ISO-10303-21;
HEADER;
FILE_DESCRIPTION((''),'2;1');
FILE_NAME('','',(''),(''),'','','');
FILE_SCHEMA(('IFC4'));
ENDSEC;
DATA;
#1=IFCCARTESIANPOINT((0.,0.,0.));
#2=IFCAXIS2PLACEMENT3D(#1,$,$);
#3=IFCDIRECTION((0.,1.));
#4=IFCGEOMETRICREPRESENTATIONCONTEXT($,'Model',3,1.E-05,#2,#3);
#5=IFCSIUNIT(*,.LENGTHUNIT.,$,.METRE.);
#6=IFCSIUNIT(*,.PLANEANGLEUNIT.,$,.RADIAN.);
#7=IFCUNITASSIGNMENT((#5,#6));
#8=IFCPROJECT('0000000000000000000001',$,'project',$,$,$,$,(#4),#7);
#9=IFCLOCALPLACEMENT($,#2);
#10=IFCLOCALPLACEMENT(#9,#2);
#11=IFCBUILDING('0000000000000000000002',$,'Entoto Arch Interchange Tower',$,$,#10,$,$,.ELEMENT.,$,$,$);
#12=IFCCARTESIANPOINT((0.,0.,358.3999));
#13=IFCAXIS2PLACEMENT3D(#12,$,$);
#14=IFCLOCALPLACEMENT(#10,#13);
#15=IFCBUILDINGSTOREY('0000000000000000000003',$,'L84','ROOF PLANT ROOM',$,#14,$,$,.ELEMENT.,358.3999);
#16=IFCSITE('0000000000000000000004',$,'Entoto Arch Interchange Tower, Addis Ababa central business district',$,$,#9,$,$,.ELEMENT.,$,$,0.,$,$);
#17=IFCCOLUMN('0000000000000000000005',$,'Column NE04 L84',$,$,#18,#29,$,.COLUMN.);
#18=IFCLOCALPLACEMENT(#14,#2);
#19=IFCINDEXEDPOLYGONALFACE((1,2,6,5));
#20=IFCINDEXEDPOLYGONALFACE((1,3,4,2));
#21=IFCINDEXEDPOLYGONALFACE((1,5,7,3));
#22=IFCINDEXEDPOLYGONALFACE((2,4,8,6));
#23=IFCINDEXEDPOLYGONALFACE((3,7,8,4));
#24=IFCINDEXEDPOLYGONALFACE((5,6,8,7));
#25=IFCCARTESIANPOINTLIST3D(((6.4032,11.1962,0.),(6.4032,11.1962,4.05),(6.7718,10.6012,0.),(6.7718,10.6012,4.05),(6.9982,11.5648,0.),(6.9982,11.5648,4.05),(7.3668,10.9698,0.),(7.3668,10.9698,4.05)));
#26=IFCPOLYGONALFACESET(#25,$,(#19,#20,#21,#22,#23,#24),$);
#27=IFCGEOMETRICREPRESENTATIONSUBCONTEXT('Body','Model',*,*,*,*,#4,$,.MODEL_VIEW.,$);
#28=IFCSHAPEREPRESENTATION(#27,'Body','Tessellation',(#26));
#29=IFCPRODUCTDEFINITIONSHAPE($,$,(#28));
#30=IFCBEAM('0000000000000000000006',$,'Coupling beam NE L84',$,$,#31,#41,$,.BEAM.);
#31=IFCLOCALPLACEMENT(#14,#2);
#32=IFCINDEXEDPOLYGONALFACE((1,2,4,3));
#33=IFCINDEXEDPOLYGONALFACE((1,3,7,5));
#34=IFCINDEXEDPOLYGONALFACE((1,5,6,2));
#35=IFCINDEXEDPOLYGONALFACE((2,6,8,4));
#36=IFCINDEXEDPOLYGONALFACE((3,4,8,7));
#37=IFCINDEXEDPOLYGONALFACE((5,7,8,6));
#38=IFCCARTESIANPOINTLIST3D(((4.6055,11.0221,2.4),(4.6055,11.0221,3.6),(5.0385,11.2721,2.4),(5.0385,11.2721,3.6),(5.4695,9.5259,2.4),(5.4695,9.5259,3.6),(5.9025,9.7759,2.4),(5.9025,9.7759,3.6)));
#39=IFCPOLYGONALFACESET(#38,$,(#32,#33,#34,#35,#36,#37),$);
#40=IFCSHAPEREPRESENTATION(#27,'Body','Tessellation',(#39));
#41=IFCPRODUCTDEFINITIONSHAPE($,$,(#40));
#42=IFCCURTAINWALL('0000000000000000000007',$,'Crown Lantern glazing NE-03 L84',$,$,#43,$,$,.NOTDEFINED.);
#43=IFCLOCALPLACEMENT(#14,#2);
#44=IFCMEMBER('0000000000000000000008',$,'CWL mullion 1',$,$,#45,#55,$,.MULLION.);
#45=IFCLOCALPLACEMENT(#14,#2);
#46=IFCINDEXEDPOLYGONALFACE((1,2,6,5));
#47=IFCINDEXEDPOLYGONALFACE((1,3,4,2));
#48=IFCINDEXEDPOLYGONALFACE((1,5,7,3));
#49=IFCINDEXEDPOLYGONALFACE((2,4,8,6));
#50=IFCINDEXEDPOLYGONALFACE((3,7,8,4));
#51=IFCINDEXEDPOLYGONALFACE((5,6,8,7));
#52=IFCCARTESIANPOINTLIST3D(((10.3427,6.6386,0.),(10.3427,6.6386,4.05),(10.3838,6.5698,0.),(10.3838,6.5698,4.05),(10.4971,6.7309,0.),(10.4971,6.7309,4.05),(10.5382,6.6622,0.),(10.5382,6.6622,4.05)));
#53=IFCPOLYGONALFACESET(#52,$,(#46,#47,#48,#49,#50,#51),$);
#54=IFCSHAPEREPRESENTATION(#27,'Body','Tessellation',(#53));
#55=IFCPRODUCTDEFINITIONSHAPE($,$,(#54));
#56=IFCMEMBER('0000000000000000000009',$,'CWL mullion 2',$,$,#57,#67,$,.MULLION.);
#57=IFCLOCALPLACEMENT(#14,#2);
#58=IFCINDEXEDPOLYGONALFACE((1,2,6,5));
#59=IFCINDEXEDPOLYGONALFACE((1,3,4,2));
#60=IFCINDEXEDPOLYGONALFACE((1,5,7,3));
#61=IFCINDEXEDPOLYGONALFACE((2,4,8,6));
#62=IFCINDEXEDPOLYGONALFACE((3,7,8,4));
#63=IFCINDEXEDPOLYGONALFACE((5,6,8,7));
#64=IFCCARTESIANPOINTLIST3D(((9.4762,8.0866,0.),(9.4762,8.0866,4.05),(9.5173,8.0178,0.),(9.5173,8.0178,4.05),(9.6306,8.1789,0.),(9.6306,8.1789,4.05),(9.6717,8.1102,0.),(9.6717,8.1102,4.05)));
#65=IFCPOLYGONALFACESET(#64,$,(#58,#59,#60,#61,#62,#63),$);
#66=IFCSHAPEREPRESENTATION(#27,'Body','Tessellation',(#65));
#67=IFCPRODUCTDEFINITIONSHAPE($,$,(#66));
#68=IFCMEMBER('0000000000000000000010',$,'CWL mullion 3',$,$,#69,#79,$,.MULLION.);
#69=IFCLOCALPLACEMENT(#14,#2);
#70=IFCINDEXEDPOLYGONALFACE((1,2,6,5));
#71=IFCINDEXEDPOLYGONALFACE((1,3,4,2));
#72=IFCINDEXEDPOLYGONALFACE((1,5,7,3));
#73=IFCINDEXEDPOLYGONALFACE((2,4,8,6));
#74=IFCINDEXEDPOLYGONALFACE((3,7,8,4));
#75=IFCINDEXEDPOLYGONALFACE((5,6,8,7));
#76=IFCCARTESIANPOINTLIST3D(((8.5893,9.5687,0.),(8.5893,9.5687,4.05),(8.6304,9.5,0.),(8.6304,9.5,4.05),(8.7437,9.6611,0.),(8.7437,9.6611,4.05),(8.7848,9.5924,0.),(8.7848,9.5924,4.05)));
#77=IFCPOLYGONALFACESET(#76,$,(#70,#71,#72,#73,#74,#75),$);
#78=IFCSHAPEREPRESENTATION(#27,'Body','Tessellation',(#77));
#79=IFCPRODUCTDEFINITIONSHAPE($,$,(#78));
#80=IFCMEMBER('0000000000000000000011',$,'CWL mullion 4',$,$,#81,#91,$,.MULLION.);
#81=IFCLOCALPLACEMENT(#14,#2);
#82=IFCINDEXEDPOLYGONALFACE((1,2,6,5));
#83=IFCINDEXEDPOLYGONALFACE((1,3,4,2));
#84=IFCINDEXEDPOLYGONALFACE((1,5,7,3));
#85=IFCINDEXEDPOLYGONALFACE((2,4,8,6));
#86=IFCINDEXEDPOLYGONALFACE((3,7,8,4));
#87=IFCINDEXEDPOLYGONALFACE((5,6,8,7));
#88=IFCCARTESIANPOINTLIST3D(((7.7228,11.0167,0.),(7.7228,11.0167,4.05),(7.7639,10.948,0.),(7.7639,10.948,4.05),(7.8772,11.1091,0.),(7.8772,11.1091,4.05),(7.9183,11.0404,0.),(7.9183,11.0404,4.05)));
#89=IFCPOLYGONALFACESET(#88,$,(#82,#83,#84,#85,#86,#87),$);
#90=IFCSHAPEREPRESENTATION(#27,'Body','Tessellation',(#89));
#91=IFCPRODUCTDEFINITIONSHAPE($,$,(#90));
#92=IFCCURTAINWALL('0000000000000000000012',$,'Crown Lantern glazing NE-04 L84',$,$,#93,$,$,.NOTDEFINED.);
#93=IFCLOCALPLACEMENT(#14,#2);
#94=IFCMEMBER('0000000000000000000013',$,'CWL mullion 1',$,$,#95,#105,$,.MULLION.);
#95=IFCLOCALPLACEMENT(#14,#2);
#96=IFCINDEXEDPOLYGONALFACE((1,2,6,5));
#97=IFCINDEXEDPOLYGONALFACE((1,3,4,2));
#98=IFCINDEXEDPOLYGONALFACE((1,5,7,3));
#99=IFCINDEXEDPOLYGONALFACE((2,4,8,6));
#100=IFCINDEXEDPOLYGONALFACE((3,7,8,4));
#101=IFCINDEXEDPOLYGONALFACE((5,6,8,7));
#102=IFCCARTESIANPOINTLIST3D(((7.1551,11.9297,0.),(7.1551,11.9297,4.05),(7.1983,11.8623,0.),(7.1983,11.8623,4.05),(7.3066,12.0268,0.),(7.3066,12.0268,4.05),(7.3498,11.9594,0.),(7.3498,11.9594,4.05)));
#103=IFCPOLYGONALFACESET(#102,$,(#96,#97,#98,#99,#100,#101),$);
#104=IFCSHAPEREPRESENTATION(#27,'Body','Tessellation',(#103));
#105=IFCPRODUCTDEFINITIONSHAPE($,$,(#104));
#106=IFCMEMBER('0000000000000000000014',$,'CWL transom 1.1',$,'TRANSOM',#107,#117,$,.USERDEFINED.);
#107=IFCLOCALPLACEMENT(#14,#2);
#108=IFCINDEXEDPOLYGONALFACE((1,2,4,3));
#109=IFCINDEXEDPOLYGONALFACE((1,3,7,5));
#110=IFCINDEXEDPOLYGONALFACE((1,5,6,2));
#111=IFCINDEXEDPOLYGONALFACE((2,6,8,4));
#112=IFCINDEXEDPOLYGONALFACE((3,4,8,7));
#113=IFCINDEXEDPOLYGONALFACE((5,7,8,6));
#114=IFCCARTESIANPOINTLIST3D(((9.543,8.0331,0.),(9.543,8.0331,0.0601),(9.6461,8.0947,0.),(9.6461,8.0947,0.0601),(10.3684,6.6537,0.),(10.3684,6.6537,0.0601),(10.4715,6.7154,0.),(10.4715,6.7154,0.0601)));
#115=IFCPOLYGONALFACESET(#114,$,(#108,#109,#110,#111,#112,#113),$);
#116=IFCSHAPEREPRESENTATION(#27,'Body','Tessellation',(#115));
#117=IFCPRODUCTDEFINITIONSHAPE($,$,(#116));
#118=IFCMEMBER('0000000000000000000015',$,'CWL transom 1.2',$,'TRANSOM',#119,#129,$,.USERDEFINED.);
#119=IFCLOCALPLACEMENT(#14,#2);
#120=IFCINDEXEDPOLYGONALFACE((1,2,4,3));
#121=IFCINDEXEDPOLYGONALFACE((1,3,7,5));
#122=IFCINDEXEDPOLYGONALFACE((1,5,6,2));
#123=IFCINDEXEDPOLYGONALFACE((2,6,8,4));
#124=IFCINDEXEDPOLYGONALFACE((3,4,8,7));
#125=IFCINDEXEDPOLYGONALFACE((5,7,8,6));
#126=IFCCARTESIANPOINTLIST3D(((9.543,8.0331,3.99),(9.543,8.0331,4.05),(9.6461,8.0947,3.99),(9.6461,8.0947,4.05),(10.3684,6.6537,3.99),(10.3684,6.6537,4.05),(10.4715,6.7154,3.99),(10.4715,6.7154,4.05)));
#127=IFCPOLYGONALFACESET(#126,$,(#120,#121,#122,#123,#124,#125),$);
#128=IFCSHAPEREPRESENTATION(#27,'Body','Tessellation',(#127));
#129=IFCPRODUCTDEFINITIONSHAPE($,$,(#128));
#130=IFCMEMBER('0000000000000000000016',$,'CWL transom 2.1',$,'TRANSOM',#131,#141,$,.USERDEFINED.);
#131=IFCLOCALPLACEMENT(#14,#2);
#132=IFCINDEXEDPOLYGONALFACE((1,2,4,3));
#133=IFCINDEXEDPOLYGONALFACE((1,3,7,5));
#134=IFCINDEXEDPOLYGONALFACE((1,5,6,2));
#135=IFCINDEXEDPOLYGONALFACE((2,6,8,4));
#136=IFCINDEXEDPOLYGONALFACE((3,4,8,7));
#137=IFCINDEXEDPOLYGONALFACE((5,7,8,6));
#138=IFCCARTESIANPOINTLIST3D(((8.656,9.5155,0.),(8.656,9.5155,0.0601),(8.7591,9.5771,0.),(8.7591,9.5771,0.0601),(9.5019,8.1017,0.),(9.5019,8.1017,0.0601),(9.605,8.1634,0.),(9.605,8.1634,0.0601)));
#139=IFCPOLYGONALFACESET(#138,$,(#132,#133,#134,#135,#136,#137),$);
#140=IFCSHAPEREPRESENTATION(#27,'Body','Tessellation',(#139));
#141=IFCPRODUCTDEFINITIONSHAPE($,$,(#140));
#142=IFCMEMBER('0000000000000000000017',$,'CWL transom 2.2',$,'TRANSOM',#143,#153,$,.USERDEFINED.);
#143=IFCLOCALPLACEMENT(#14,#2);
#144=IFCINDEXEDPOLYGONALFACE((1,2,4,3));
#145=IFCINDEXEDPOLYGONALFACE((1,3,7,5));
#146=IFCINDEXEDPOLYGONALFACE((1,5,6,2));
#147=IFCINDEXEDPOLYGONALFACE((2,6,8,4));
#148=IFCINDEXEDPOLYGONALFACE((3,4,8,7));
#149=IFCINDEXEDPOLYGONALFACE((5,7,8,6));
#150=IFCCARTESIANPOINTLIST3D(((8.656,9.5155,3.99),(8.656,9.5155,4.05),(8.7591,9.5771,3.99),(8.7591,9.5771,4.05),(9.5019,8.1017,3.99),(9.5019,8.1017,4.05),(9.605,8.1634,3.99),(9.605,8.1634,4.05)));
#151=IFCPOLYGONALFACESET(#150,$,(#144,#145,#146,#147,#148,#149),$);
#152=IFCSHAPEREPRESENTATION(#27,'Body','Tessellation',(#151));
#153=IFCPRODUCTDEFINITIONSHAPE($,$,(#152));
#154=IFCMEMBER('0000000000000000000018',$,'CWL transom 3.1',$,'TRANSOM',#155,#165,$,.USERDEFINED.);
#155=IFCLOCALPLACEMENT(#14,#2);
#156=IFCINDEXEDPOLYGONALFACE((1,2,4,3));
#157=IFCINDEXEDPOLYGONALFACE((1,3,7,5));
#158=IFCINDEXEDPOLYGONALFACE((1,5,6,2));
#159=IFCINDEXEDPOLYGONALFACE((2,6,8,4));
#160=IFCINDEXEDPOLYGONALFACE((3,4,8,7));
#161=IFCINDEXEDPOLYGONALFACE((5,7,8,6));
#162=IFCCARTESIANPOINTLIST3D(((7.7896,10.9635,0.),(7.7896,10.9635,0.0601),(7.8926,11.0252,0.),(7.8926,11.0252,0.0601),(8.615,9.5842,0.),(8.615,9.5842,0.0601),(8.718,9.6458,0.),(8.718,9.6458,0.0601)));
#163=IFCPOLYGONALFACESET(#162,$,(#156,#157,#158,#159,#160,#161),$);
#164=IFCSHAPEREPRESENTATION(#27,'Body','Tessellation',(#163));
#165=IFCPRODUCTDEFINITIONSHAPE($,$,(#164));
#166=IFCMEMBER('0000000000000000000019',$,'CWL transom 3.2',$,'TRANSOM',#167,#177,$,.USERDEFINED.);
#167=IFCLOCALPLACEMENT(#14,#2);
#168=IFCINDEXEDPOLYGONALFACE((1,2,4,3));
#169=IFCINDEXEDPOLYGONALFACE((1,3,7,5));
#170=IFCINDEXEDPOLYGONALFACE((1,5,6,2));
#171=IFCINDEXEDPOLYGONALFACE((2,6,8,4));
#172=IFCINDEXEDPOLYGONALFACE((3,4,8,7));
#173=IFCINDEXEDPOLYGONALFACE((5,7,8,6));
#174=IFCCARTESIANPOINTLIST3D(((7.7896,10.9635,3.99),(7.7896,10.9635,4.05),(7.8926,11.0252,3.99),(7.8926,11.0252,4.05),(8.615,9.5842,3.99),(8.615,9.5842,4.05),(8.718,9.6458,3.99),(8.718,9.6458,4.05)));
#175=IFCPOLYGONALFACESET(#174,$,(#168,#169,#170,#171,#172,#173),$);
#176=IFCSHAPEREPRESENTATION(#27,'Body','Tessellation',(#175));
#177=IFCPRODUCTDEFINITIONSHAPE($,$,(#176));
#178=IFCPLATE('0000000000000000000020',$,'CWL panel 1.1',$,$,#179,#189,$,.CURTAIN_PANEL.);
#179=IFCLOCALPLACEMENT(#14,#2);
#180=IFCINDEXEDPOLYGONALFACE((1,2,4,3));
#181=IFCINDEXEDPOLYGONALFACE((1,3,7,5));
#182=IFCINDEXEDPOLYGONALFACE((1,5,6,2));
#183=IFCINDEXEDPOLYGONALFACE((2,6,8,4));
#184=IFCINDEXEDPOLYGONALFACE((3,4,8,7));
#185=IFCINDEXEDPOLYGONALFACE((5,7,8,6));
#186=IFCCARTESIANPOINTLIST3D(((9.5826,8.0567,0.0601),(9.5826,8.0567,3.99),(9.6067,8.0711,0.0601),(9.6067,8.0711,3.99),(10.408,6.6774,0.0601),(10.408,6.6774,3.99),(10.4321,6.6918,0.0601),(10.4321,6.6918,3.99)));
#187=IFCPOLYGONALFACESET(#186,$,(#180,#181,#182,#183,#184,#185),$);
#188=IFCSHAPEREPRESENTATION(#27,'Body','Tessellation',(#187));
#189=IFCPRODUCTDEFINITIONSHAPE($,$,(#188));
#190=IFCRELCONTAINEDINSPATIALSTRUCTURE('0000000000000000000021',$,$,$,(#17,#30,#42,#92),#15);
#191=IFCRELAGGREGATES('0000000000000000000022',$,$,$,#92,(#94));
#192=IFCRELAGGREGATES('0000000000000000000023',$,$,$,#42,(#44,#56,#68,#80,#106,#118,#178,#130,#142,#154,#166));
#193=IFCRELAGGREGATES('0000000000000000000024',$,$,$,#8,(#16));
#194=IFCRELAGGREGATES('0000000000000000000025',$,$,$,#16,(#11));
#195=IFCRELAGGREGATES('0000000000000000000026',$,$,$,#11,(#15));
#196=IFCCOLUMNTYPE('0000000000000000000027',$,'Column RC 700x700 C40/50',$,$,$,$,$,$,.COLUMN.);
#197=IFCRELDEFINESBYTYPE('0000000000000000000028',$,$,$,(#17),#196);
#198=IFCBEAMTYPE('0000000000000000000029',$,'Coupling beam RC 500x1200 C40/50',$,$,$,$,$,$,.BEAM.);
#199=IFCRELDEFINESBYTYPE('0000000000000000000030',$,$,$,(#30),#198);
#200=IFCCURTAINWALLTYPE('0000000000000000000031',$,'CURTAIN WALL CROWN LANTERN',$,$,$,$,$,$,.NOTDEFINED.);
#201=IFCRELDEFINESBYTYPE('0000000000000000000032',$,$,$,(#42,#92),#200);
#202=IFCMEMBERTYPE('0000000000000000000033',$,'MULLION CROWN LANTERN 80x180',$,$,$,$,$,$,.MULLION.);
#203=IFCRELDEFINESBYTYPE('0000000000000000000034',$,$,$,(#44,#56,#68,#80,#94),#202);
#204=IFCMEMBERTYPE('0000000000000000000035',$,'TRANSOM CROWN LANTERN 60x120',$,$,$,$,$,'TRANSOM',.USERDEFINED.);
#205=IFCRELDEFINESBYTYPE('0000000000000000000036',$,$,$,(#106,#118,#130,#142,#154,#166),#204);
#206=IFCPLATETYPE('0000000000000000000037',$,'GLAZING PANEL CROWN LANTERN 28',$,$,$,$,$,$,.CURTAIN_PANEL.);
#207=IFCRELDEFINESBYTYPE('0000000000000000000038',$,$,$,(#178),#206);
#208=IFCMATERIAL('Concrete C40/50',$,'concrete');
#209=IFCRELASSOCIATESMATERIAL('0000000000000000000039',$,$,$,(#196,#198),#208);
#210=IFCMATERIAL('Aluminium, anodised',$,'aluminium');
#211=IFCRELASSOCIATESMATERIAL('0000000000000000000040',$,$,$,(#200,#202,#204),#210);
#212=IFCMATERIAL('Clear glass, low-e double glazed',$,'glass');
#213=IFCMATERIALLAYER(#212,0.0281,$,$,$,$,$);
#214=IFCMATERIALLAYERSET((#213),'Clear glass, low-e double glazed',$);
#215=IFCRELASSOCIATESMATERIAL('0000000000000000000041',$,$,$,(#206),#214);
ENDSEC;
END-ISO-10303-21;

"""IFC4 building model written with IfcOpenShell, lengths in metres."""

from ifc_helpers import new_model, si_unit, direction, frame, origin, origin_2d, place, context, subcontext, project, spatial, rectangle, extrude, material, layer, layer_set, material_profile, profile_set, type_object, element, aggregate, save


model = new_model("IFC4")

# Units and contexts
model_context = context("Model", 3, precision=1e-05, world=origin(), true_north=direction((0.0, 1.0)))
body_context = subcontext(model_context, "Body", "Model", "MODEL_VIEW")
ifc_project = project(units=[si_unit("LENGTHUNIT", "METRE"), si_unit("PLANEANGLEUNIT", "RADIAN")], contexts=[model_context])

# Site, building, storey
site_placement = place(None, origin())
site = spatial("IfcSite", under=ifc_project, at=site_placement, Name="Entoto Arch Interchange Tower, Addis Ababa central business district", CompositionType="ELEMENT", RefElevation=0.0)
building_placement = place(site_placement, origin())
building = spatial("IfcBuilding", under=site, at=building_placement, Name="Entoto Arch Interchange Tower", CompositionType="ELEMENT")
storey_placement = place(building_placement, frame((0.0, 0.0, 358.3999)))
storey = spatial("IfcBuildingStorey", under=building, at=storey_placement, Name="L84", Description="ROOF PLANT ROOM", CompositionType="ELEMENT", Elevation=358.3999)

# Column
ifc_material_1 = material(Name="Concrete C40/50", Category="concrete")
ifc_material_profile_1 = material_profile(ifc_material_1, rectangle(XDim=0.7, YDim=0.7, at=origin_2d()))
ifc_profile_set_1 = profile_set([ifc_material_profile_1], Name="Concrete C40/50")
column_type = type_object("IfcColumnType", Name="Column RC 700x700 C40/50", PredefinedType="COLUMN", material=ifc_profile_set_1)
column_placement = place(storey_placement, frame((6.885, 11.083, 0.0), z_axis=(0.0, 0.0, 1.0), x_axis=(-0.526689, 0.850058, 0.0)))
element("IfcColumn", 1, at=column_placement, inside=storey, type_object=column_type, Name="Column NE04 L84", PredefinedType="COLUMN", context=body_context, shape_type="SweptSolid", body=[
    extrude(rectangle(XDim=0.7, YDim=0.7, at=origin_2d()), origin(), (0.0, 0.0, 1.0), 4.05),
])

# Beam
ifc_material_profile_2 = material_profile(ifc_material_1, rectangle(XDim=0.5, YDim=1.2, at=origin_2d()))
ifc_profile_set_2 = profile_set([ifc_material_profile_2], Name="Concrete C40/50")
beam_type = type_object("IfcBeamType", Name="Coupling beam RC 500x1200 C40/50", PredefinedType="BEAM", material=ifc_profile_set_2)
beam_placement = place(storey_placement, frame((5.686, 9.6509, 3.0), z_axis=(-0.500106, 0.865964, 0.0), x_axis=(-0.865964, -0.500106, 0.0)))
element("IfcBeam", 2, at=beam_placement, inside=storey, type_object=beam_type, Name="Coupling beam NE L84", PredefinedType="BEAM", context=body_context, shape_type="SweptSolid", body=[
    extrude(rectangle(XDim=0.5, YDim=1.2, at=origin_2d()), origin(), (0.0, 0.0, 1.0), 1.7278),
])

# Curtain wall, members
ifc_material_2 = material(Name="Aluminium, anodised", Category="aluminium")
curtain_wall_type = type_object("IfcCurtainWallType", Name="CURTAIN WALL CROWN LANTERN", PredefinedType="NOTDEFINED", material=ifc_material_2)
curtain_wall_1_placement = place(storey_placement, origin())
curtain_wall_1 = element("IfcCurtainWall", 3, at=curtain_wall_1_placement, inside=storey, type_object=curtain_wall_type, Name="Crown Lantern glazing NE-03 L84", PredefinedType="NOTDEFINED")
ifc_material_profile_3 = material_profile(ifc_material_2, rectangle(XDim=0.1799, YDim=0.0801, at=origin_2d()))
ifc_profile_set_3 = profile_set([ifc_material_profile_3], Name="Aluminium, anodised")
member_type_1 = type_object("IfcMemberType", Name="MULLION CROWN LANTERN 80x180", PredefinedType="MULLION", material=ifc_profile_set_3)
member_1_placement = place(storey_placement, frame((10.4404, 6.6504, 0.0), z_axis=(0.0, 0.0, 1.0), x_axis=(-0.858105, -0.513474, 0.0)))
member_1 = element("IfcMember", 4, at=member_1_placement, type_object=member_type_1, Name="CWL mullion 1", PredefinedType="MULLION", context=body_context, shape_type="SweptSolid", body=[
    extrude(rectangle(XDim=0.1799, YDim=0.0801, at=origin_2d()), origin(), (0.0, 0.0, 1.0), 4.05),
])
member_2_placement = place(storey_placement, frame((9.574, 8.0984, 0.0), z_axis=(0.0, 0.0, 1.0), x_axis=(-0.858105, -0.513474, 0.0)))
member_2 = element("IfcMember", 5, at=member_2_placement, type_object=member_type_1, Name="CWL mullion 2", PredefinedType="MULLION", context=body_context, shape_type="SweptSolid", body=[
    extrude(rectangle(XDim=0.1799, YDim=0.0801, at=origin_2d()), origin(), (0.0, 0.0, 1.0), 4.05),
])
member_3_placement = place(storey_placement, frame((8.687, 9.5806, 0.0), z_axis=(0.0, 0.0, 1.0), x_axis=(-0.858105, -0.513474, 0.0)))
member_3 = element("IfcMember", 6, at=member_3_placement, type_object=member_type_1, Name="CWL mullion 3", PredefinedType="MULLION", context=body_context, shape_type="SweptSolid", body=[
    extrude(rectangle(XDim=0.1799, YDim=0.0801, at=origin_2d()), origin(), (0.0, 0.0, 1.0), 4.05),
])
member_4_placement = place(storey_placement, frame((7.8206, 11.0286, 0.0), z_axis=(0.0, 0.0, 1.0), x_axis=(-0.858105, -0.513474, 0.0)))
member_4 = element("IfcMember", 7, at=member_4_placement, type_object=member_type_1, Name="CWL mullion 4", PredefinedType="MULLION", context=body_context, shape_type="SweptSolid", body=[
    extrude(rectangle(XDim=0.1799, YDim=0.0801, at=origin_2d()), origin(), (0.0, 0.0, 1.0), 4.05),
])

# Curtain wall, member
curtain_wall_2_placement = place(storey_placement, origin())
curtain_wall_2 = element("IfcCurtainWall", 8, at=curtain_wall_2_placement, inside=storey, type_object=curtain_wall_type, Name="Crown Lantern glazing NE-04 L84", PredefinedType="NOTDEFINED")
member_5_placement = place(storey_placement, frame((7.2524, 11.9446, 0.0), z_axis=(0.0, 0.0, 1.0), x_axis=(-0.841836, -0.539733, 0.0)))
member_5 = element("IfcMember", 9, at=member_5_placement, type_object=member_type_1, Name="CWL mullion 1", PredefinedType="MULLION", context=body_context, shape_type="SweptSolid", body=[
    extrude(rectangle(XDim=0.1799, YDim=0.0801, at=origin_2d()), origin(), (0.0, 0.0, 1.0), 4.05),
])
aggregate(curtain_wall_2, [member_5])

# Members
ifc_material_profile_4 = material_profile(ifc_material_2, rectangle(XDim=0.1201, YDim=0.0601, at=origin_2d()))
ifc_profile_set_4 = profile_set([ifc_material_profile_4], Name="Aluminium, anodised")
member_type_2 = type_object("IfcMemberType", Name="TRANSOM CROWN LANTERN 60x120", ElementType="TRANSOM", PredefinedType="USERDEFINED", material=ifc_profile_set_4)
member_6_placement = place(storey_placement, frame((10.4199, 6.6846, 0.03), z_axis=(-0.51349, 0.858095, 0.0), x_axis=(-0.858095, -0.51349, 0.0)))
member_6 = element("IfcMember", 10, at=member_6_placement, type_object=member_type_2, Name="CWL transom 1.1", ObjectType="TRANSOM", PredefinedType="USERDEFINED", context=body_context, shape_type="SweptSolid", body=[
    extrude(rectangle(XDim=0.1201, YDim=0.0601, at=origin_2d()), origin(), (0.0, 0.0, 1.0), 1.6074),
])
member_7_placement = place(storey_placement, frame((10.4199, 6.6846, 4.02), z_axis=(-0.51349, 0.858095, 0.0), x_axis=(-0.858095, -0.51349, 0.0)))
member_7 = element("IfcMember", 11, at=member_7_placement, type_object=member_type_2, Name="CWL transom 1.2", ObjectType="TRANSOM", PredefinedType="USERDEFINED", context=body_context, shape_type="SweptSolid", body=[
    extrude(rectangle(XDim=0.1201, YDim=0.0601, at=origin_2d()), origin(), (0.0, 0.0, 1.0), 1.6074),
])
member_8_placement = place(storey_placement, frame((9.5535, 8.1326, 0.03), z_axis=(-0.513449, 0.85812, 0.0), x_axis=(-0.85812, -0.513449, 0.0)))
member_8 = element("IfcMember", 12, at=member_8_placement, type_object=member_type_2, Name="CWL transom 2.1", ObjectType="TRANSOM", PredefinedType="USERDEFINED", context=body_context, shape_type="SweptSolid", body=[
    extrude(rectangle(XDim=0.1201, YDim=0.0601, at=origin_2d()), origin(), (0.0, 0.0, 1.0), 1.6475),
])
member_9_placement = place(storey_placement, frame((9.5535, 8.1326, 4.02), z_axis=(-0.513449, 0.85812, 0.0), x_axis=(-0.85812, -0.513449, 0.0)))
member_9 = element("IfcMember", 13, at=member_9_placement, type_object=member_type_2, Name="CWL transom 2.2", ObjectType="TRANSOM", PredefinedType="USERDEFINED", context=body_context, shape_type="SweptSolid", body=[
    extrude(rectangle(XDim=0.1201, YDim=0.0601, at=origin_2d()), origin(), (0.0, 0.0, 1.0), 1.6475),
])
member_10_placement = place(storey_placement, frame((8.6665, 9.615, 0.03), z_axis=(-0.51349, 0.858095, 0.0), x_axis=(-0.858095, -0.51349, 0.0)))
member_10 = element("IfcMember", 14, at=member_10_placement, type_object=member_type_2, Name="CWL transom 3.1", ObjectType="TRANSOM", PredefinedType="USERDEFINED", context=body_context, shape_type="SweptSolid", body=[
    extrude(rectangle(XDim=0.1201, YDim=0.0601, at=origin_2d()), origin(), (0.0, 0.0, 1.0), 1.6074),
])
member_11_placement = place(storey_placement, frame((8.6665, 9.615, 4.02), z_axis=(-0.51349, 0.858095, 0.0), x_axis=(-0.858095, -0.51349, 0.0)))
member_11 = element("IfcMember", 15, at=member_11_placement, type_object=member_type_2, Name="CWL transom 3.2", ObjectType="TRANSOM", PredefinedType="USERDEFINED", context=body_context, shape_type="SweptSolid", body=[
    extrude(rectangle(XDim=0.1201, YDim=0.0601, at=origin_2d()), origin(), (0.0, 0.0, 1.0), 1.6074),
])

# Plate
ifc_material_3 = material(Name="Clear glass, low-e double glazed", Category="glass")
ifc_layer_1 = layer(ifc_material_3, 0.0281)
ifc_layer_set_1 = layer_set([ifc_layer_1], Name="Clear glass, low-e double glazed")
plate_type = type_object("IfcPlateType", Name="GLAZING PANEL CROWN LANTERN 28", PredefinedType="CURTAIN_PANEL", material=ifc_layer_set_1)
plate_1_placement = place(storey_placement, frame((10.0073, 7.3743, 0.0601), z_axis=(0.0, 0.0, 1.0), x_axis=(-0.513474, 0.858105, 0.0)))
plate_1 = element("IfcPlate", 16, at=plate_1_placement, type_object=plate_type, Name="CWL panel 1.1", PredefinedType="CURTAIN_PANEL", context=body_context, shape_type="SweptSolid", body=[
    extrude(rectangle(XDim=1.6074, YDim=0.0281, at=origin_2d()), origin(), (0.0, 0.0, 1.0), 3.9299),
])
aggregate(curtain_wall_1, [member_1, member_2, member_3, member_4, member_6, member_7, plate_1, member_8, member_9, member_10, member_11])

save(model, "model.ifc")
